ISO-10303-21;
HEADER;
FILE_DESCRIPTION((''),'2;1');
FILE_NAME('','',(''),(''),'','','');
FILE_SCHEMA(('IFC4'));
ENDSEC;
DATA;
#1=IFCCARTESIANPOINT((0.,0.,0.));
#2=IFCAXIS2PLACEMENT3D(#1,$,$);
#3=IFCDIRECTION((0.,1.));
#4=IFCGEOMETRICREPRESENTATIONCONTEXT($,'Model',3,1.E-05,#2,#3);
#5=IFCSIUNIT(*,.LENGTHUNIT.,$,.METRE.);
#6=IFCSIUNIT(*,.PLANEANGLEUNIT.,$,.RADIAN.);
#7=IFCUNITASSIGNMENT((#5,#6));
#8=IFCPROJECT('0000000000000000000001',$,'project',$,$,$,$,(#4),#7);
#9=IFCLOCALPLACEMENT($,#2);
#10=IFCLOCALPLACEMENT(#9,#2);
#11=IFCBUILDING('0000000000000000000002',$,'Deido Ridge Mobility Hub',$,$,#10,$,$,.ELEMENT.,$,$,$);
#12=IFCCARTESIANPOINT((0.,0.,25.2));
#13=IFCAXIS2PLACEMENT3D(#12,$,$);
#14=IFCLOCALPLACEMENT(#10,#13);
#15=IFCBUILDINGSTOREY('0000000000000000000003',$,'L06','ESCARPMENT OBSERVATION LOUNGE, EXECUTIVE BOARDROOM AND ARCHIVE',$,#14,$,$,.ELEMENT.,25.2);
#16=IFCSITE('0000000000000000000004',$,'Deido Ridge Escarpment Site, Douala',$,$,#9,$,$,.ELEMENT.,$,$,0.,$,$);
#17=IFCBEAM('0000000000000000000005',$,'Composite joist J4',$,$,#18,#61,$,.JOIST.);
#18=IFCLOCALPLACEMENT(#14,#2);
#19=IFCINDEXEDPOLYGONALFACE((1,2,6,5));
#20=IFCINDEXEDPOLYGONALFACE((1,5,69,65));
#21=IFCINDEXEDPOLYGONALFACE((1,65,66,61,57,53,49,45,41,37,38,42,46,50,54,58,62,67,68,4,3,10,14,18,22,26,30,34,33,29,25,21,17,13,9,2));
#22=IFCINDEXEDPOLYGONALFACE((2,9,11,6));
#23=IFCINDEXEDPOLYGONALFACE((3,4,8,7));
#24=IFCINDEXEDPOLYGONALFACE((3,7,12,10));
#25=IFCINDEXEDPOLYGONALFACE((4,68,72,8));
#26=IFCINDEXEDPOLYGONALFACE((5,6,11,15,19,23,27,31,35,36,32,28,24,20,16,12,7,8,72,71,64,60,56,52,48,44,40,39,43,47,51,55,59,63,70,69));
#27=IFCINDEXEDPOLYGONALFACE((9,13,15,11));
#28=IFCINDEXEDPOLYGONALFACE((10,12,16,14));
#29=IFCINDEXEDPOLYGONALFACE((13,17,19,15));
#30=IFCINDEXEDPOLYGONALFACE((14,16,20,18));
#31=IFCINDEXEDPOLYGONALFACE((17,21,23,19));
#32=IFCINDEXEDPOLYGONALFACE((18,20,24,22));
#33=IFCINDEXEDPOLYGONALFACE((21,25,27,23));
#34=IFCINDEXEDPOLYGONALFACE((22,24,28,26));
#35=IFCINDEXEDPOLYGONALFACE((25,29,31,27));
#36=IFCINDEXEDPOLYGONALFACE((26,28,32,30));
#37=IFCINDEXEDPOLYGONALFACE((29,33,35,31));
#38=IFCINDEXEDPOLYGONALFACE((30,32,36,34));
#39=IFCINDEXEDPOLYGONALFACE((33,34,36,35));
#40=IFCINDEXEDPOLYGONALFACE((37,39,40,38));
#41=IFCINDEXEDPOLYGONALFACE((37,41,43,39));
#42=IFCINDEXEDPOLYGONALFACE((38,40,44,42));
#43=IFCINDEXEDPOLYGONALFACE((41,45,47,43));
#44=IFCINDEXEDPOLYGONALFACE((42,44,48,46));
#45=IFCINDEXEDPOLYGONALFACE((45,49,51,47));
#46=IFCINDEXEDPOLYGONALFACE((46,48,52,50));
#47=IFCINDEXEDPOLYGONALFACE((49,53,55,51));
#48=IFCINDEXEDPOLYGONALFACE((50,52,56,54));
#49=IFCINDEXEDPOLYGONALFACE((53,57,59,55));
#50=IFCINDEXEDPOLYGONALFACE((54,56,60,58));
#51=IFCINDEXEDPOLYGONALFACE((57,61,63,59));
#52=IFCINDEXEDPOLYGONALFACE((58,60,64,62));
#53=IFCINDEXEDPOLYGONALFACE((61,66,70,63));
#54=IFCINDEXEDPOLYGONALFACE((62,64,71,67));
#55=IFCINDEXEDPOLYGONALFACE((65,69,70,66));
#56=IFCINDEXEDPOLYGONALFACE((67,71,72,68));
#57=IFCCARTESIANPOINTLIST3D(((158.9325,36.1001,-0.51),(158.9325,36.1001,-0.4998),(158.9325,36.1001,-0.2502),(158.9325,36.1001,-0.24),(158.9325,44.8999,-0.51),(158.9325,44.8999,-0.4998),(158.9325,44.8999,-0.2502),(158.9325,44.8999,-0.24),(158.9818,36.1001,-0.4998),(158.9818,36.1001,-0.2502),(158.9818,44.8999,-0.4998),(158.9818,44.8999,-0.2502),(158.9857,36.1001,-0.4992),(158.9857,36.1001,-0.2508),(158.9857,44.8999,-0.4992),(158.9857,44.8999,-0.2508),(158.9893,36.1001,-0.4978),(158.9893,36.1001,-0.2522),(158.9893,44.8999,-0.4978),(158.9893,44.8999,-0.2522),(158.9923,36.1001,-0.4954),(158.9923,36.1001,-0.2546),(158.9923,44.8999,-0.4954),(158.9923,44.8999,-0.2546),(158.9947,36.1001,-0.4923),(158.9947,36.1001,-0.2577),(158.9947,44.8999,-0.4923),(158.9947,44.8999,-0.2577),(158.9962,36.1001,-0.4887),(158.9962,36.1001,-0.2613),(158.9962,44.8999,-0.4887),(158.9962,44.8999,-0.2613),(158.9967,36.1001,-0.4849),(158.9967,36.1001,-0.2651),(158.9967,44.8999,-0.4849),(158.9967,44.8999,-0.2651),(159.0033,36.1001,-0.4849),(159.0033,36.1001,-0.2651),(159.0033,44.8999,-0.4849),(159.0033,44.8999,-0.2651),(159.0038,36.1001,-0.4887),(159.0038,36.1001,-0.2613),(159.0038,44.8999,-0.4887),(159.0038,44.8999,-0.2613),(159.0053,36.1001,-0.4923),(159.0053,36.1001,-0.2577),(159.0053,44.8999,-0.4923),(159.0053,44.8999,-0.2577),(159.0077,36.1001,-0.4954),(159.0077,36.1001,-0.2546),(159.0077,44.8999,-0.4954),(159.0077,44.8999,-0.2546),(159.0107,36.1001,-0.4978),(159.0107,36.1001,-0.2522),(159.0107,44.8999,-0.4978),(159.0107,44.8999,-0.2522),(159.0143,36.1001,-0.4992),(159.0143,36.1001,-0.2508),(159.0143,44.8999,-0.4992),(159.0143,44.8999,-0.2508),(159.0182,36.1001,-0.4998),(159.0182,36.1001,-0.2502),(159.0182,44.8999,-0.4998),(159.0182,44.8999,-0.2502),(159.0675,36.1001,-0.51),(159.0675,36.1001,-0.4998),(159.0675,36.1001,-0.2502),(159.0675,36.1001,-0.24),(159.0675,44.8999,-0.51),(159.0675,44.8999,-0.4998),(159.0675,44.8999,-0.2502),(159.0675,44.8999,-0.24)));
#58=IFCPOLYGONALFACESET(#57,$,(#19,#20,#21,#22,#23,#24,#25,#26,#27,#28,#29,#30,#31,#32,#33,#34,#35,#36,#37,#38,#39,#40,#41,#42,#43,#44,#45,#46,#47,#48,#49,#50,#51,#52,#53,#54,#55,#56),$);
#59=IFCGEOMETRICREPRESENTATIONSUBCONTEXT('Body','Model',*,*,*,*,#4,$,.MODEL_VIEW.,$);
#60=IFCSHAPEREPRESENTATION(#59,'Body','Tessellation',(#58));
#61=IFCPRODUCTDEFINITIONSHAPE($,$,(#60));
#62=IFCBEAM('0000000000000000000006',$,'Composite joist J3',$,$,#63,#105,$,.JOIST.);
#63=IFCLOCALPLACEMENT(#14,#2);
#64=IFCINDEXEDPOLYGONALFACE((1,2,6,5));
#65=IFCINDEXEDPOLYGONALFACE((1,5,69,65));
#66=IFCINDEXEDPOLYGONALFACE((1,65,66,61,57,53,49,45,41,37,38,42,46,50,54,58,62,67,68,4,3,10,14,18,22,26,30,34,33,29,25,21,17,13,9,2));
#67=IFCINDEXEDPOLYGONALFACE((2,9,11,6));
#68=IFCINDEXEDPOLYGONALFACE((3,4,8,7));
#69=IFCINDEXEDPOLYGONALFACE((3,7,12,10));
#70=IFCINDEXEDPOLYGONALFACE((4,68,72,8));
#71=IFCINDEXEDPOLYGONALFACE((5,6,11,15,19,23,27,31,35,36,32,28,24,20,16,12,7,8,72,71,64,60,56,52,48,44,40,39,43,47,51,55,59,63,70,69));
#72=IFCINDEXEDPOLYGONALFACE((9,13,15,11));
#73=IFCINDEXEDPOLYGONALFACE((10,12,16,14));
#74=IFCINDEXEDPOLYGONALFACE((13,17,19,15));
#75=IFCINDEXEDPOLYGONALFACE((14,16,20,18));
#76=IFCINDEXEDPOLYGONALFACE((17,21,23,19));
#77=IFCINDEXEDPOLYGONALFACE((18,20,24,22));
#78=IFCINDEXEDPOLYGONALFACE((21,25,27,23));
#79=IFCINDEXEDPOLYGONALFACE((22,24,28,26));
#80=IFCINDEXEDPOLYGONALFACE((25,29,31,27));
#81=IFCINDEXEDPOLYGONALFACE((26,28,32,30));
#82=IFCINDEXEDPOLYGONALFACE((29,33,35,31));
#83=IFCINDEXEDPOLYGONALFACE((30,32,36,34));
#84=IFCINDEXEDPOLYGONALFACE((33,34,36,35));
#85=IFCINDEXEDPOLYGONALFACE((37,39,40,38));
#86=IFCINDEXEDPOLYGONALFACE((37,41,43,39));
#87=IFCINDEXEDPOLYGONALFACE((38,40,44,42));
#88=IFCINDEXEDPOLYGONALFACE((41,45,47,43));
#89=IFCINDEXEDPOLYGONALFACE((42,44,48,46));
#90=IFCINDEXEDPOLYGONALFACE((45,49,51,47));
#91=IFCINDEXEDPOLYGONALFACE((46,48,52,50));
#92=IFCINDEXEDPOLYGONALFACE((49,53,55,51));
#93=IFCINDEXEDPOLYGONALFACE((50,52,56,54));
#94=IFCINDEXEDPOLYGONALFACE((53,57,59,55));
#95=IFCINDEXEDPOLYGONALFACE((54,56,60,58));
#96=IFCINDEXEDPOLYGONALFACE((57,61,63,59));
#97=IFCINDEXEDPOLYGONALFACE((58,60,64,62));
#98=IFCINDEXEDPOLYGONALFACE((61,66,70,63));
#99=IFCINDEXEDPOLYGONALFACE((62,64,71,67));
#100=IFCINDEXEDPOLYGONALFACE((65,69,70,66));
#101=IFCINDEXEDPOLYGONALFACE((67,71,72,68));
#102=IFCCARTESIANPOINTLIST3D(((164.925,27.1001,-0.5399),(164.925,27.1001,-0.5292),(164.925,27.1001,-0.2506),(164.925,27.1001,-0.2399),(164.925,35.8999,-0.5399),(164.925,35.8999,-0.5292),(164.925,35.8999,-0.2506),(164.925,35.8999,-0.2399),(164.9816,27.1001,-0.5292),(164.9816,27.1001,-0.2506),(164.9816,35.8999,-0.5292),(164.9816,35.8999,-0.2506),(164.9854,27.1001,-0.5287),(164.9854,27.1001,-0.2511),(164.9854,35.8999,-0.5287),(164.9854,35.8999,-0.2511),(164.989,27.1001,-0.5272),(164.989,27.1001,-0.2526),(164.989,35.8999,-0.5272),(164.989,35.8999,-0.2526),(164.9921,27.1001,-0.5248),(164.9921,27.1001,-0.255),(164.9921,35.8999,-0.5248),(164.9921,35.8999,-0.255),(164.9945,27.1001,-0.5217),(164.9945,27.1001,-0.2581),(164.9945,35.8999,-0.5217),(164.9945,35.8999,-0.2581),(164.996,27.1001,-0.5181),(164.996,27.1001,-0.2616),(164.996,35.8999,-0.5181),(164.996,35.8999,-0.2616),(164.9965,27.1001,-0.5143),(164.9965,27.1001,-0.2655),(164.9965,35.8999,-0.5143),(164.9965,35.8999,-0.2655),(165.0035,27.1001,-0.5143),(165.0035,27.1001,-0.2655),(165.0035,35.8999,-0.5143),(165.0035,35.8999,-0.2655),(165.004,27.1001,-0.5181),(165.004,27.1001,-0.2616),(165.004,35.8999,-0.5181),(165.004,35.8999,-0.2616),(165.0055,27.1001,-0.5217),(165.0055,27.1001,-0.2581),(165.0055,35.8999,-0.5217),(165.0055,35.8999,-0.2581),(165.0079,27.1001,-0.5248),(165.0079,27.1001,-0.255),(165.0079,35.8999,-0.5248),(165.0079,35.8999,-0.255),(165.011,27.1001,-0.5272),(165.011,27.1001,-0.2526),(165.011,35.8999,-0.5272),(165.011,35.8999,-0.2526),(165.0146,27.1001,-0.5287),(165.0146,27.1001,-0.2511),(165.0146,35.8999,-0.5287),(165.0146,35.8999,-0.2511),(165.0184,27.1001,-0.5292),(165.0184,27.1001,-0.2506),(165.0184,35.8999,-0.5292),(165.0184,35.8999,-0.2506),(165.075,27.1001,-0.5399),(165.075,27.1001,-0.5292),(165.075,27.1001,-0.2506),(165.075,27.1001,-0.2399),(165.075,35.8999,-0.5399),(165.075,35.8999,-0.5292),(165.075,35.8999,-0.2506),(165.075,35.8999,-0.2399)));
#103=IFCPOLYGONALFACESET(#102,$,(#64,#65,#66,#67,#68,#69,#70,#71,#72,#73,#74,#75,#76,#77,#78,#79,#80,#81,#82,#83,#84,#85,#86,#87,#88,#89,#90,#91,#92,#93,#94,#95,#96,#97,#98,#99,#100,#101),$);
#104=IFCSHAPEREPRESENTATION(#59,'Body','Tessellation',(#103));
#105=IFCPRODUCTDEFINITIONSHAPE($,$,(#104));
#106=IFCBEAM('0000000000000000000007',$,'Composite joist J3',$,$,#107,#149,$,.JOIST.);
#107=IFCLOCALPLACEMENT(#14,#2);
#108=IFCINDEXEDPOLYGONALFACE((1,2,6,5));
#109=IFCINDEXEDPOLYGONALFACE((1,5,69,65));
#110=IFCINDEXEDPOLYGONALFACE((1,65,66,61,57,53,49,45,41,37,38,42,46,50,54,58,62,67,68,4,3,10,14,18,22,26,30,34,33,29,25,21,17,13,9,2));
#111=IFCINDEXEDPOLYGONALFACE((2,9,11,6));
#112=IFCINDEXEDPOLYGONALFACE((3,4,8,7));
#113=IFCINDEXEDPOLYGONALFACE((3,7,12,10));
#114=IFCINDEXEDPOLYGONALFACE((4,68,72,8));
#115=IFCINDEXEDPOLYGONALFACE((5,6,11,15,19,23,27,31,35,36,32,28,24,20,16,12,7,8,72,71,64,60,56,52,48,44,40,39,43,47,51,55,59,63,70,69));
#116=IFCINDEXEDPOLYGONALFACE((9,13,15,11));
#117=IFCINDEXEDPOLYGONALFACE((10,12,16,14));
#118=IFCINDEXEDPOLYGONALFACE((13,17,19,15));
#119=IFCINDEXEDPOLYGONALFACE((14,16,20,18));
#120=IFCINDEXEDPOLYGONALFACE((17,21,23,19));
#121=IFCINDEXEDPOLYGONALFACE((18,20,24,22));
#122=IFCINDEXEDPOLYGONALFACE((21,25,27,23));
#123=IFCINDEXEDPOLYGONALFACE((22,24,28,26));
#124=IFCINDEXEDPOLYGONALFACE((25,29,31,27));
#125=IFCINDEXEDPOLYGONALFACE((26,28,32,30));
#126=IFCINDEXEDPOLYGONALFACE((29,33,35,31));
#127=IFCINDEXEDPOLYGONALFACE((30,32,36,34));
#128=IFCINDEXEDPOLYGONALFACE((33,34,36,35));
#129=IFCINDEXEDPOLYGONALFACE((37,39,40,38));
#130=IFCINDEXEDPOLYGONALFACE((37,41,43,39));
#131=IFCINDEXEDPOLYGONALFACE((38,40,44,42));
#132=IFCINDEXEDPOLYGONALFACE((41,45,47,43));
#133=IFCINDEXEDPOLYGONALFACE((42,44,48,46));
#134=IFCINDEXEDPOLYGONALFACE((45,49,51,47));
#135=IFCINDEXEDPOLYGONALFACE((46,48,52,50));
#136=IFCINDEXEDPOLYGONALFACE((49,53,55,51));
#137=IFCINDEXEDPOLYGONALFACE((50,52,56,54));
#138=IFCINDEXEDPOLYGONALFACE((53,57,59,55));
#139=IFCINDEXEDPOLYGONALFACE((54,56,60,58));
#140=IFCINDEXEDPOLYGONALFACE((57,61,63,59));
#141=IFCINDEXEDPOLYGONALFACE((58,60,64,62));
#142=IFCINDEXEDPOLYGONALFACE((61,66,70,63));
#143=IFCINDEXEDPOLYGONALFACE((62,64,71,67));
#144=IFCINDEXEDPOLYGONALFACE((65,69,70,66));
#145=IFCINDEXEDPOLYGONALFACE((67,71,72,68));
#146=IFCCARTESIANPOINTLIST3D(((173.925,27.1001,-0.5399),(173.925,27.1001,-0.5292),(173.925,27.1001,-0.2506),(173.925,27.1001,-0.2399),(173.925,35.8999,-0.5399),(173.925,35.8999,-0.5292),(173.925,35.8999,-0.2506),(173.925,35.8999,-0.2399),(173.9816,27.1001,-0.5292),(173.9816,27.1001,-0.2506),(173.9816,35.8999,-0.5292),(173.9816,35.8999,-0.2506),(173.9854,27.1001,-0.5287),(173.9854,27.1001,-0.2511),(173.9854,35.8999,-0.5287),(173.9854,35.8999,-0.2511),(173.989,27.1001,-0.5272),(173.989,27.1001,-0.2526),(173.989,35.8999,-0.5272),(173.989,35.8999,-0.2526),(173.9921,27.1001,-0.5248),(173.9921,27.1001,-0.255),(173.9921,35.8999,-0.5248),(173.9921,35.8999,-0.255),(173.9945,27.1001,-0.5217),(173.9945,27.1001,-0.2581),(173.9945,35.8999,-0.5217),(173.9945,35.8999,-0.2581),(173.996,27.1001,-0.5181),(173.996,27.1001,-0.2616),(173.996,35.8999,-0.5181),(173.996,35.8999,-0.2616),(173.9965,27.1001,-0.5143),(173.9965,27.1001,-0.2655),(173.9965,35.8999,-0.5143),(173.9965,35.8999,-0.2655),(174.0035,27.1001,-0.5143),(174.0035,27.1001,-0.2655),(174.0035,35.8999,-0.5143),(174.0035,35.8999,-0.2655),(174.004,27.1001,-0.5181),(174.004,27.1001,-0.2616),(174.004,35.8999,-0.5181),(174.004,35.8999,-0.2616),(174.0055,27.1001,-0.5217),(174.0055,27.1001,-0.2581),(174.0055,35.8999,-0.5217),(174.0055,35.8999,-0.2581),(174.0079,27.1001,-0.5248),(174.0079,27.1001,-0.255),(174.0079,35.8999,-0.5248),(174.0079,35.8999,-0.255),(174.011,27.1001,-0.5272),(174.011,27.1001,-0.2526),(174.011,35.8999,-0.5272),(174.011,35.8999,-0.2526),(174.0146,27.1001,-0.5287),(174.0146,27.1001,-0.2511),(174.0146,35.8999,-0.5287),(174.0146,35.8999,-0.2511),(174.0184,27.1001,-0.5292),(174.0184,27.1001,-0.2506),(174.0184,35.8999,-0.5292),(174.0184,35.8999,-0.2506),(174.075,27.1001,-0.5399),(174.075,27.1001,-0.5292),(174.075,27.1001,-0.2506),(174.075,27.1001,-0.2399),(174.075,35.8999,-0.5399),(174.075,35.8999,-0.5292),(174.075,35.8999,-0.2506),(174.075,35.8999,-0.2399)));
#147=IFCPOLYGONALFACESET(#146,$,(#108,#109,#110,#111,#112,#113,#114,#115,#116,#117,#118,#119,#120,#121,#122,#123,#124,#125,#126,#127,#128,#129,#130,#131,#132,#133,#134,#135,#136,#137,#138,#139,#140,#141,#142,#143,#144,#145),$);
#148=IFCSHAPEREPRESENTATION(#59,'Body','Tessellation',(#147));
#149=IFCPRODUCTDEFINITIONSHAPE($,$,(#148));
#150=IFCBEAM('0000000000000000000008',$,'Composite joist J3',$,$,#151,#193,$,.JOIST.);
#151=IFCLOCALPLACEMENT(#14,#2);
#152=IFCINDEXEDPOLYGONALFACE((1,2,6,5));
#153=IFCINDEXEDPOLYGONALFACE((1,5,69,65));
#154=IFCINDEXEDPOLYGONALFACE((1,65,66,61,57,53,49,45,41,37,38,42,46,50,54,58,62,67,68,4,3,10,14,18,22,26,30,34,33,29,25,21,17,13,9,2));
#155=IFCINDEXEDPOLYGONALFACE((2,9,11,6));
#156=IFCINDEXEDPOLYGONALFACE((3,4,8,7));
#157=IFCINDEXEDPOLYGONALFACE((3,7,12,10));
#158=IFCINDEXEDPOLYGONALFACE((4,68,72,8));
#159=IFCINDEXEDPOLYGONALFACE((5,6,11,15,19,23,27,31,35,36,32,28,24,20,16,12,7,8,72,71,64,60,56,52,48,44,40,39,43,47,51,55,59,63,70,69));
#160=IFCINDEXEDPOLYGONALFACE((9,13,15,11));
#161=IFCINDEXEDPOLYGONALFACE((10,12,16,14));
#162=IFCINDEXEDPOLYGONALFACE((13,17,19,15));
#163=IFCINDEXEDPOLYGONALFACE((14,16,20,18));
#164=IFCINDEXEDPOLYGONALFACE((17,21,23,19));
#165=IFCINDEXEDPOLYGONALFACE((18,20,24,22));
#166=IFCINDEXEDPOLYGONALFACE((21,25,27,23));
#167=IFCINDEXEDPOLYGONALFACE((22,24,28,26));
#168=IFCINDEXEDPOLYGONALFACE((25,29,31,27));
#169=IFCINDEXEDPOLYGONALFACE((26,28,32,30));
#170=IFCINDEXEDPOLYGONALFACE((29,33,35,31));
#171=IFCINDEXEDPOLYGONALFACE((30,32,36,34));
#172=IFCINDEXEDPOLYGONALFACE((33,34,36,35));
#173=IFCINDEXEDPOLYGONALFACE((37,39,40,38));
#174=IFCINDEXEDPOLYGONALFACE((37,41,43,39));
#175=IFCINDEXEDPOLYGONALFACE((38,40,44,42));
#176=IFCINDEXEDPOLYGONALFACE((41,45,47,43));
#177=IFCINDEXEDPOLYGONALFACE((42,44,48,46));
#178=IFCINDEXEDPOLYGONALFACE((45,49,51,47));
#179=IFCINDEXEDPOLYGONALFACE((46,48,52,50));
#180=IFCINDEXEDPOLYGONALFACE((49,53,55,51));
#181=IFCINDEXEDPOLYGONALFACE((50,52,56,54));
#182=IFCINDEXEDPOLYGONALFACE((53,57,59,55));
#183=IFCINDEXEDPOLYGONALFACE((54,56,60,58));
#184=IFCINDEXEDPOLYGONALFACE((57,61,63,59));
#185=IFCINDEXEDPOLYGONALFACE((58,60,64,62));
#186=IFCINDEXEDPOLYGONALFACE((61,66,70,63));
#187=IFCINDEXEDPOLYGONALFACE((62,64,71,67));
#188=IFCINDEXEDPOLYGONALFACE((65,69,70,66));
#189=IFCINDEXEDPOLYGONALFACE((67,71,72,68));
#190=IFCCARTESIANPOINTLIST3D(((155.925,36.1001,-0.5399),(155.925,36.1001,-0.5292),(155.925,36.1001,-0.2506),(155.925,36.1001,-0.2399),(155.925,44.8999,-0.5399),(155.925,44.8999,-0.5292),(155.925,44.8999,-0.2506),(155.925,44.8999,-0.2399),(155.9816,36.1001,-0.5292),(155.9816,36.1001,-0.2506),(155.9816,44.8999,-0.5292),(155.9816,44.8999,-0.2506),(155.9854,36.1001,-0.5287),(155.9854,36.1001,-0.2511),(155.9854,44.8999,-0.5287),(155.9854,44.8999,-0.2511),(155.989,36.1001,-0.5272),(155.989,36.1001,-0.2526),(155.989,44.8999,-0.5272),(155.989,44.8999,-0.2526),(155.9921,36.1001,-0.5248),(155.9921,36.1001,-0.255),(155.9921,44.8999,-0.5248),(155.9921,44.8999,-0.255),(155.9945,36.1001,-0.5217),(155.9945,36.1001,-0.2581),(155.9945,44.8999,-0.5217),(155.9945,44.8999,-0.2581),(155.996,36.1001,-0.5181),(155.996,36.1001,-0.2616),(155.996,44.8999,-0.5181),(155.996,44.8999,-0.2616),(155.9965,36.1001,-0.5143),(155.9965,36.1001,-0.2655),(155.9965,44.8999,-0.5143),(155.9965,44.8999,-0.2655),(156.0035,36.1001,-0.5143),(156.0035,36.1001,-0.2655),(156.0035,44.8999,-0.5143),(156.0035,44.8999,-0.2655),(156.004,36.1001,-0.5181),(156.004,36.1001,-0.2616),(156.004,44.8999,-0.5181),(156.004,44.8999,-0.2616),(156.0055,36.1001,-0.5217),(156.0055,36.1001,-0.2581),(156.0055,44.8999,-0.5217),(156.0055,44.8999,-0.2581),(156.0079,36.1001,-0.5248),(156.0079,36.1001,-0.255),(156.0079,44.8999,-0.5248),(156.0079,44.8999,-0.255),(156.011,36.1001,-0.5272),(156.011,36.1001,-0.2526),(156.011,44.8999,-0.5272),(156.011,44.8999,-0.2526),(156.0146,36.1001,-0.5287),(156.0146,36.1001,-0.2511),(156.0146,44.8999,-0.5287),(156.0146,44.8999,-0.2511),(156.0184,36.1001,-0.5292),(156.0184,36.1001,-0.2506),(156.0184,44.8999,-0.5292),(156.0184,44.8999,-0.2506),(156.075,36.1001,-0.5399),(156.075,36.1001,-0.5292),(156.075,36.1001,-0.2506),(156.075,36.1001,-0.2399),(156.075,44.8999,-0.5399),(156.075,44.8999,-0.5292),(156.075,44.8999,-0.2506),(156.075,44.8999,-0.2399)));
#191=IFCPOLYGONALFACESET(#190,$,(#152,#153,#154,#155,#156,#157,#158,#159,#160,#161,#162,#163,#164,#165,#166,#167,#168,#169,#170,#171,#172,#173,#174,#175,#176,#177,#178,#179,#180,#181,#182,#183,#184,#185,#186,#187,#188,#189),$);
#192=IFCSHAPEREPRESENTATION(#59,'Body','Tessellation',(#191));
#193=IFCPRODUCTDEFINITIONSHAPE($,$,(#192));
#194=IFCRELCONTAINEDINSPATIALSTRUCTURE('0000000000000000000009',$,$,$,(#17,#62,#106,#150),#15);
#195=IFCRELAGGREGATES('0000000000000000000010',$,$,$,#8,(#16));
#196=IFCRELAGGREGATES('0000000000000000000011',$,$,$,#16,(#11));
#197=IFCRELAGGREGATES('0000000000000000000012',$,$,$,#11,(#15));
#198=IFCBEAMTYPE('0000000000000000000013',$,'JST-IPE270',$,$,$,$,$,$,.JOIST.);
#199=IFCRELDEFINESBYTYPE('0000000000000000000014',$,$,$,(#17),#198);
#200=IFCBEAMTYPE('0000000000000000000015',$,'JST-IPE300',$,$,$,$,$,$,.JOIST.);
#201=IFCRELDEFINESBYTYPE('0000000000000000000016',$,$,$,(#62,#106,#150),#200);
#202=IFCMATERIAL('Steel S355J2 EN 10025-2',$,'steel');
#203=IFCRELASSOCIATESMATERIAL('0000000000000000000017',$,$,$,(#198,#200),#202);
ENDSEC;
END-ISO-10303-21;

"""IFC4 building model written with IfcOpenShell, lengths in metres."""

from ifc_helpers import new_model, si_unit, direction, frame, origin, origin_2d, place, context, subcontext, project, spatial, i_section, extrude, material, material_profile, profile_set, type_object, element, save


model = new_model("IFC4")

# Units and contexts
model_context = context("Model", 3, precision=1e-05, world=origin(), true_north=direction((0.0, 1.0)))
body_context = subcontext(model_context, "Body", "Model", "MODEL_VIEW")
ifc_project = project(units=[si_unit("LENGTHUNIT", "METRE"), si_unit("PLANEANGLEUNIT", "RADIAN")], contexts=[model_context])

# Site, building, storey
site_placement = place(None, origin())
site = spatial("IfcSite", under=ifc_project, at=site_placement, Name="Deido Ridge Escarpment Site, Douala", CompositionType="ELEMENT", RefElevation=0.0)
building_placement = place(site_placement, origin())
building = spatial("IfcBuilding", under=site, at=building_placement, Name="Deido Ridge Mobility Hub", CompositionType="ELEMENT")
storey_placement = place(building_placement, frame((0.0, 0.0, 25.2)))
storey = spatial("IfcBuildingStorey", under=building, at=storey_placement, Name="L06", Description="ESCARPMENT OBSERVATION LOUNGE, EXECUTIVE BOARDROOM AND ARCHIVE", CompositionType="ELEMENT", Elevation=25.2)

# Shared definitions
ifc_material_1 = material(Name="Steel S355J2 EN 10025-2", Category="steel")

# Beams
ifc_material_profile_1 = material_profile(ifc_material_1, i_section(OverallWidth=0.135, OverallDepth=0.27, WebThickness=0.0066, FlangeThickness=0.0103, FilletRadius=0.0149, at=origin_2d()), Name="IPE 270")
ifc_profile_set_1 = profile_set([ifc_material_profile_1], Name="Steel S355J2 EN 10025-2")
beam_type_1 = type_object("IfcBeamType", Name="JST-IPE270", PredefinedType="JOIST", material=ifc_profile_set_1)
for number, where, z_axis, x_axis, name in (
    (1, (159.0, 36.1001, -0.375), (0.0, 1.0, 0.0), (-1.0, 0.0, 0.0), "Composite joist J4"),
):
    element("IfcBeam", number, at=place(storey_placement, frame(where, z_axis=z_axis, x_axis=x_axis)), inside=storey, type_object=beam_type_1, Name=name, PredefinedType="JOIST", context=body_context, shape_type="SweptSolid", body=[
        extrude(i_section(OverallWidth=0.135, OverallDepth=0.27, WebThickness=0.0066, FlangeThickness=0.0103, FilletRadius=0.0149, at=origin_2d()), origin(), (0.0, 0.0, 1.0), 8.7998),
    ])
ifc_material_profile_2 = material_profile(ifc_material_1, i_section(OverallWidth=0.1499, OverallDepth=0.3, WebThickness=0.0071, FlangeThickness=0.0107, FilletRadius=0.0149, at=origin_2d()), Name="IPE 300")
ifc_profile_set_2 = profile_set([ifc_material_profile_2], Name="Steel S355J2 EN 10025-2")
beam_type_2 = type_object("IfcBeamType", Name="JST-IPE300", PredefinedType="JOIST", material=ifc_profile_set_2)
for number, where, z_axis, x_axis, name in (
    (2, (165.0, 27.1001, -0.3899), (0.0, 1.0, 0.0), (-1.0, 0.0, 0.0), "Composite joist J3"),
    (3, (174.0, 27.1001, -0.3899), (0.0, 1.0, 0.0), (-1.0, 0.0, 0.0), "Composite joist J3"),
    (4, (156.0, 36.1001, -0.3899), (0.0, 1.0, 0.0), (-1.0, 0.0, 0.0), "Composite joist J3"),
):
    element("IfcBeam", number, at=place(storey_placement, frame(where, z_axis=z_axis, x_axis=x_axis)), inside=storey, type_object=beam_type_2, Name=name, PredefinedType="JOIST", context=body_context, shape_type="SweptSolid", body=[
        extrude(i_section(OverallWidth=0.1499, OverallDepth=0.3, WebThickness=0.0071, FlangeThickness=0.0107, FilletRadius=0.0149, at=origin_2d()), origin(), (0.0, 0.0, 1.0), 8.7998),
    ])

save(model, "model.ifc")
